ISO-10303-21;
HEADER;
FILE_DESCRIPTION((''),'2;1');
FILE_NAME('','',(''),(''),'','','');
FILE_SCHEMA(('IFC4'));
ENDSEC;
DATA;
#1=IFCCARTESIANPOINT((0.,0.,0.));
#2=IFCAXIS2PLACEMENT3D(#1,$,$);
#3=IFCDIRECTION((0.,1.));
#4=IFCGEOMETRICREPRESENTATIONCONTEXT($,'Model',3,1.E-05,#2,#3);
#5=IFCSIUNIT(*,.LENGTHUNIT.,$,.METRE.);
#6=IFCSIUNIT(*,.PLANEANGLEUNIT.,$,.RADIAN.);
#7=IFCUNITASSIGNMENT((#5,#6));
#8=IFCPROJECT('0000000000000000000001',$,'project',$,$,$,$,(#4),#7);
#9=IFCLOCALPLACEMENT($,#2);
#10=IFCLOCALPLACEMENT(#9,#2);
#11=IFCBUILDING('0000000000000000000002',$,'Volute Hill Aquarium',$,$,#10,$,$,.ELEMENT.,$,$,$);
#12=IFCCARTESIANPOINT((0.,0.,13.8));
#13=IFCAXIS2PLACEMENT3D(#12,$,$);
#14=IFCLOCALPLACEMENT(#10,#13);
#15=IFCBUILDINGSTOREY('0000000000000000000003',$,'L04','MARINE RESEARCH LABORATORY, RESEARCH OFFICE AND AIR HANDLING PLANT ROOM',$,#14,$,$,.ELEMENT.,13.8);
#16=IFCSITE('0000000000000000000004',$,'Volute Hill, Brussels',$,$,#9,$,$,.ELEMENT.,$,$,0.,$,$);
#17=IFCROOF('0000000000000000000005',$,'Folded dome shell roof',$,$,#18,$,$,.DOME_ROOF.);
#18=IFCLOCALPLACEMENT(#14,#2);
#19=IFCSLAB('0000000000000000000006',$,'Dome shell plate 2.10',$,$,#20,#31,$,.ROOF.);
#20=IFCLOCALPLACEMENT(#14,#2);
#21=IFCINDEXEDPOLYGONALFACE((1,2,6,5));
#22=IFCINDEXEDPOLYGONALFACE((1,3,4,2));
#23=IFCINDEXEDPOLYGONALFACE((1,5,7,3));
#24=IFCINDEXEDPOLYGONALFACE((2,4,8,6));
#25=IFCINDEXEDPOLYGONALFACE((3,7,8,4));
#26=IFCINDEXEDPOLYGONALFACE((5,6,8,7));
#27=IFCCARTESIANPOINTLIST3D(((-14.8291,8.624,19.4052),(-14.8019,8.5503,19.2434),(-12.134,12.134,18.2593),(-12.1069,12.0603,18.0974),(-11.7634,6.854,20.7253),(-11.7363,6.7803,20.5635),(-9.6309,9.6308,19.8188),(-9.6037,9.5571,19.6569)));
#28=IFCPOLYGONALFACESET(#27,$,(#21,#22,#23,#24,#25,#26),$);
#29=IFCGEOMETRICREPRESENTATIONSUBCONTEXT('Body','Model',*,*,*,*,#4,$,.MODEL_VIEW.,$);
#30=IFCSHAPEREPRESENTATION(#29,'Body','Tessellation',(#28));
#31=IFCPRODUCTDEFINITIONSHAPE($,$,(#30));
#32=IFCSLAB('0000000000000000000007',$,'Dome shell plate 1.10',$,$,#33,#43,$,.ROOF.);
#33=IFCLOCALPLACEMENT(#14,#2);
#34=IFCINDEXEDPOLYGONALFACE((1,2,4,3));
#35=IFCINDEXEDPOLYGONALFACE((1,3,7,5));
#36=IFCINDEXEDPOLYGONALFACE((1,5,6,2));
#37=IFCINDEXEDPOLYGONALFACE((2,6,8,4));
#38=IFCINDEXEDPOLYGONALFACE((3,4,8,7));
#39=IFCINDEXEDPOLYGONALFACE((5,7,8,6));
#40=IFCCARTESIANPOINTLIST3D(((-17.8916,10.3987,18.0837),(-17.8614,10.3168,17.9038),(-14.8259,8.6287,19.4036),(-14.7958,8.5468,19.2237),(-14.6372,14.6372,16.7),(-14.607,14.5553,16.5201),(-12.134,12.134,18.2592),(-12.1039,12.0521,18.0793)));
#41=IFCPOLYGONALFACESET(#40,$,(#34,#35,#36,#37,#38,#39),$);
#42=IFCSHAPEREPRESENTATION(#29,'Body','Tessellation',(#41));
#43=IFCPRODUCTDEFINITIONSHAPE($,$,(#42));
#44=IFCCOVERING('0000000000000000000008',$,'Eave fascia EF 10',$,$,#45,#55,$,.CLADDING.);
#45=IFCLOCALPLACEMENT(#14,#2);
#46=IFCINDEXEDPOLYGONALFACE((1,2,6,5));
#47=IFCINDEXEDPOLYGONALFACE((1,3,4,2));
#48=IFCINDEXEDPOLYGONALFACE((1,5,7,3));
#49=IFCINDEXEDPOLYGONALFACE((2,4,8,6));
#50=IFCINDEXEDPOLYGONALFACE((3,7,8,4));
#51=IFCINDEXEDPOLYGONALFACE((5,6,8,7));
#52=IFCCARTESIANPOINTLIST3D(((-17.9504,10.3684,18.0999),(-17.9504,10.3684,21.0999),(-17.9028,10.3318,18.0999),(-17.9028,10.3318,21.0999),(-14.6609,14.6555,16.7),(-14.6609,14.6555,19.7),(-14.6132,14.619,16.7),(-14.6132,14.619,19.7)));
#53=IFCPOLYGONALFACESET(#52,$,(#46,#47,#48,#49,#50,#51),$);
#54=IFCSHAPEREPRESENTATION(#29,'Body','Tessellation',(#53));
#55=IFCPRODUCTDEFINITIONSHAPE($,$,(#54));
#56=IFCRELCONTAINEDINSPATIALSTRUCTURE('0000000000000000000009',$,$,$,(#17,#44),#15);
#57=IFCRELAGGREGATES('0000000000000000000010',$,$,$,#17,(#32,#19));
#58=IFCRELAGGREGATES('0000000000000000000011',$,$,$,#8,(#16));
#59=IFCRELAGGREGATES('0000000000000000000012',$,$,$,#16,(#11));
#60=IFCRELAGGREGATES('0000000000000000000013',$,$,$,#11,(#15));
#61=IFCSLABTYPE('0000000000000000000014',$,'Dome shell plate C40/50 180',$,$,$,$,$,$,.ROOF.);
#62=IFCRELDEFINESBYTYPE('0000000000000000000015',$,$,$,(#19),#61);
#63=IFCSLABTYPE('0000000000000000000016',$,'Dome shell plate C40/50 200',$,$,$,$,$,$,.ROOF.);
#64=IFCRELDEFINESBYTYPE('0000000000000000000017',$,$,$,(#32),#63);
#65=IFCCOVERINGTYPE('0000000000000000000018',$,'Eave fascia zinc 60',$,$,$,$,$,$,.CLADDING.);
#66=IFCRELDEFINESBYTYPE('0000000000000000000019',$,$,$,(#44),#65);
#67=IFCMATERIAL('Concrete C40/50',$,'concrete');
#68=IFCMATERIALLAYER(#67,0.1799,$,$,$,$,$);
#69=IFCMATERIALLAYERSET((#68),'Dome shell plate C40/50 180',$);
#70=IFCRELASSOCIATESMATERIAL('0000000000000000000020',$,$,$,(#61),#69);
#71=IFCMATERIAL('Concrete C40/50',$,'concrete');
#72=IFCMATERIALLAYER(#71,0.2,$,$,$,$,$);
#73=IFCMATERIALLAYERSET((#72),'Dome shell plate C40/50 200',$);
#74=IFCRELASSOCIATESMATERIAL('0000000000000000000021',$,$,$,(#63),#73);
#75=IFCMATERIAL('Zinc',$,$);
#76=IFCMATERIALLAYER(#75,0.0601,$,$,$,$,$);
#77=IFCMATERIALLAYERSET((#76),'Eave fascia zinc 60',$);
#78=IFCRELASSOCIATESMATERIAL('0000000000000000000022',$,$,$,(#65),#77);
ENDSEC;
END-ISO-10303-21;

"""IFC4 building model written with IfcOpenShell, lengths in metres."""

from ifc_helpers import new_model, si_unit, direction, frame, origin, place, context, subcontext, project, spatial, polyline, outline, extrude, material, layer, layer_set, type_object, element, aggregate, save


model = new_model("IFC4")

# Units and contexts
model_context = context("Model", 3, precision=1e-05, world=origin(), true_north=direction((0.0, 1.0)))
body_context = subcontext(model_context, "Body", "Model", "MODEL_VIEW")
ifc_project = project(units=[si_unit("LENGTHUNIT", "METRE"), si_unit("PLANEANGLEUNIT", "RADIAN")], contexts=[model_context])

# Site, building, storey
site_placement = place(None, origin())
site = spatial("IfcSite", under=ifc_project, at=site_placement, Name="Volute Hill, Brussels", CompositionType="ELEMENT", RefElevation=0.0)
building_placement = place(site_placement, origin())
building = spatial("IfcBuilding", under=site, at=building_placement, Name="Volute Hill Aquarium", CompositionType="ELEMENT")
storey_placement = place(building_placement, frame((0.0, 0.0, 13.8)))
storey = spatial("IfcBuildingStorey", under=building, at=storey_placement, Name="L04", Description="MARINE RESEARCH LABORATORY, RESEARCH OFFICE AND AIR HANDLING PLANT ROOM", CompositionType="ELEMENT", Elevation=13.8)

# Roof, slabs
roof_placement = place(storey_placement, origin())
roof = element("IfcRoof", 1, at=roof_placement, inside=storey, Name="Folded dome shell roof", PredefinedType="DOME_ROOF")
ifc_material_1 = material(Name="Concrete C40/50", Category="concrete")
ifc_layer_1 = layer(ifc_material_1, 0.1799)
ifc_layer_set_1 = layer_set([ifc_layer_1], Name="Dome shell plate C40/50 180")
slab_type_1 = type_object("IfcSlabType", Name="Dome shell plate C40/50 180", PredefinedType="ROOF", material=ifc_layer_set_1)
slab_1_placement = place(storey_placement, frame((-12.134, 12.134, 18.2593), z_axis=(-0.150917, 0.409612, 0.89969), x_axis=(-0.589561, -0.767837, 0.250687)))
slab_1 = element("IfcSlab", 2, at=slab_1_placement, type_object=slab_type_1, Name="Dome shell plate 2.10", PredefinedType="ROOF", context=body_context, shape_type="SweptSolid", body=[
    extrude(outline(polyline([(0.0, 0.0), (4.5713, 0.0), (4.4539, 3.7763), (0.8372, 3.7766), (0.0, 0.0)])), origin(), (0.0, 0.0, -1.0), 0.1799),
])
ifc_material_2 = material(Name="Concrete C40/50", Category="concrete")
ifc_layer_2 = layer(ifc_material_2, 0.2)
ifc_layer_set_2 = layer_set([ifc_layer_2], Name="Dome shell plate C40/50 200")
slab_type_2 = type_object("IfcSlabType", Name="Dome shell plate C40/50 200", PredefinedType="ROOF", material=ifc_layer_set_2)
slab_2_placement = place(storey_placement, frame((-14.6372, 14.6372, 16.7), z_axis=(-0.150878, 0.409575, 0.899713), x_axis=(-0.589557, -0.767843, 0.250678)))
slab_2 = element("IfcSlab", 3, at=slab_2_placement, type_object=slab_type_2, Name="Dome shell plate 1.10", PredefinedType="ROOF", context=body_context, shape_type="SweptSolid", body=[
    extrude(outline(polyline([(0.0, 0.0), (5.5201, 0.0), (5.4026, 3.7762), (0.8372, 3.7766), (0.0, 0.0)])), origin(), (0.0, 0.0, -1.0), 0.2),
])
aggregate(roof, [slab_2, slab_1])

# Covering
ifc_material_3 = material(Name="Zinc")
ifc_layer_3 = layer(ifc_material_3, 0.0601)
ifc_layer_set_3 = layer_set([ifc_layer_3], Name="Eave fascia zinc 60")
covering_type = type_object("IfcCoveringType", Name="Eave fascia zinc 60", PredefinedType="CLADDING", material=ifc_layer_set_3)
covering_placement = place(storey_placement, frame((-14.6609, 14.6555, 16.7), z_axis=(-0.793359, 0.608754, 0.0), x_axis=(-0.5893, -0.768006, 0.250783)))
element("IfcCovering", 4, at=covering_placement, inside=storey, type_object=covering_type, Name="Eave fascia EF 10", PredefinedType="CLADDING", context=body_context, shape_type="SweptSolid", body=[
    extrude(outline(polyline([(0.0, 0.0), (5.5821, 0.0), (6.3345, 2.9041), (0.7523, 2.9041), (0.0, 0.0)])), origin(), (0.0, 0.0, -1.0), 0.0601),
])

save(model, "model.ifc")
